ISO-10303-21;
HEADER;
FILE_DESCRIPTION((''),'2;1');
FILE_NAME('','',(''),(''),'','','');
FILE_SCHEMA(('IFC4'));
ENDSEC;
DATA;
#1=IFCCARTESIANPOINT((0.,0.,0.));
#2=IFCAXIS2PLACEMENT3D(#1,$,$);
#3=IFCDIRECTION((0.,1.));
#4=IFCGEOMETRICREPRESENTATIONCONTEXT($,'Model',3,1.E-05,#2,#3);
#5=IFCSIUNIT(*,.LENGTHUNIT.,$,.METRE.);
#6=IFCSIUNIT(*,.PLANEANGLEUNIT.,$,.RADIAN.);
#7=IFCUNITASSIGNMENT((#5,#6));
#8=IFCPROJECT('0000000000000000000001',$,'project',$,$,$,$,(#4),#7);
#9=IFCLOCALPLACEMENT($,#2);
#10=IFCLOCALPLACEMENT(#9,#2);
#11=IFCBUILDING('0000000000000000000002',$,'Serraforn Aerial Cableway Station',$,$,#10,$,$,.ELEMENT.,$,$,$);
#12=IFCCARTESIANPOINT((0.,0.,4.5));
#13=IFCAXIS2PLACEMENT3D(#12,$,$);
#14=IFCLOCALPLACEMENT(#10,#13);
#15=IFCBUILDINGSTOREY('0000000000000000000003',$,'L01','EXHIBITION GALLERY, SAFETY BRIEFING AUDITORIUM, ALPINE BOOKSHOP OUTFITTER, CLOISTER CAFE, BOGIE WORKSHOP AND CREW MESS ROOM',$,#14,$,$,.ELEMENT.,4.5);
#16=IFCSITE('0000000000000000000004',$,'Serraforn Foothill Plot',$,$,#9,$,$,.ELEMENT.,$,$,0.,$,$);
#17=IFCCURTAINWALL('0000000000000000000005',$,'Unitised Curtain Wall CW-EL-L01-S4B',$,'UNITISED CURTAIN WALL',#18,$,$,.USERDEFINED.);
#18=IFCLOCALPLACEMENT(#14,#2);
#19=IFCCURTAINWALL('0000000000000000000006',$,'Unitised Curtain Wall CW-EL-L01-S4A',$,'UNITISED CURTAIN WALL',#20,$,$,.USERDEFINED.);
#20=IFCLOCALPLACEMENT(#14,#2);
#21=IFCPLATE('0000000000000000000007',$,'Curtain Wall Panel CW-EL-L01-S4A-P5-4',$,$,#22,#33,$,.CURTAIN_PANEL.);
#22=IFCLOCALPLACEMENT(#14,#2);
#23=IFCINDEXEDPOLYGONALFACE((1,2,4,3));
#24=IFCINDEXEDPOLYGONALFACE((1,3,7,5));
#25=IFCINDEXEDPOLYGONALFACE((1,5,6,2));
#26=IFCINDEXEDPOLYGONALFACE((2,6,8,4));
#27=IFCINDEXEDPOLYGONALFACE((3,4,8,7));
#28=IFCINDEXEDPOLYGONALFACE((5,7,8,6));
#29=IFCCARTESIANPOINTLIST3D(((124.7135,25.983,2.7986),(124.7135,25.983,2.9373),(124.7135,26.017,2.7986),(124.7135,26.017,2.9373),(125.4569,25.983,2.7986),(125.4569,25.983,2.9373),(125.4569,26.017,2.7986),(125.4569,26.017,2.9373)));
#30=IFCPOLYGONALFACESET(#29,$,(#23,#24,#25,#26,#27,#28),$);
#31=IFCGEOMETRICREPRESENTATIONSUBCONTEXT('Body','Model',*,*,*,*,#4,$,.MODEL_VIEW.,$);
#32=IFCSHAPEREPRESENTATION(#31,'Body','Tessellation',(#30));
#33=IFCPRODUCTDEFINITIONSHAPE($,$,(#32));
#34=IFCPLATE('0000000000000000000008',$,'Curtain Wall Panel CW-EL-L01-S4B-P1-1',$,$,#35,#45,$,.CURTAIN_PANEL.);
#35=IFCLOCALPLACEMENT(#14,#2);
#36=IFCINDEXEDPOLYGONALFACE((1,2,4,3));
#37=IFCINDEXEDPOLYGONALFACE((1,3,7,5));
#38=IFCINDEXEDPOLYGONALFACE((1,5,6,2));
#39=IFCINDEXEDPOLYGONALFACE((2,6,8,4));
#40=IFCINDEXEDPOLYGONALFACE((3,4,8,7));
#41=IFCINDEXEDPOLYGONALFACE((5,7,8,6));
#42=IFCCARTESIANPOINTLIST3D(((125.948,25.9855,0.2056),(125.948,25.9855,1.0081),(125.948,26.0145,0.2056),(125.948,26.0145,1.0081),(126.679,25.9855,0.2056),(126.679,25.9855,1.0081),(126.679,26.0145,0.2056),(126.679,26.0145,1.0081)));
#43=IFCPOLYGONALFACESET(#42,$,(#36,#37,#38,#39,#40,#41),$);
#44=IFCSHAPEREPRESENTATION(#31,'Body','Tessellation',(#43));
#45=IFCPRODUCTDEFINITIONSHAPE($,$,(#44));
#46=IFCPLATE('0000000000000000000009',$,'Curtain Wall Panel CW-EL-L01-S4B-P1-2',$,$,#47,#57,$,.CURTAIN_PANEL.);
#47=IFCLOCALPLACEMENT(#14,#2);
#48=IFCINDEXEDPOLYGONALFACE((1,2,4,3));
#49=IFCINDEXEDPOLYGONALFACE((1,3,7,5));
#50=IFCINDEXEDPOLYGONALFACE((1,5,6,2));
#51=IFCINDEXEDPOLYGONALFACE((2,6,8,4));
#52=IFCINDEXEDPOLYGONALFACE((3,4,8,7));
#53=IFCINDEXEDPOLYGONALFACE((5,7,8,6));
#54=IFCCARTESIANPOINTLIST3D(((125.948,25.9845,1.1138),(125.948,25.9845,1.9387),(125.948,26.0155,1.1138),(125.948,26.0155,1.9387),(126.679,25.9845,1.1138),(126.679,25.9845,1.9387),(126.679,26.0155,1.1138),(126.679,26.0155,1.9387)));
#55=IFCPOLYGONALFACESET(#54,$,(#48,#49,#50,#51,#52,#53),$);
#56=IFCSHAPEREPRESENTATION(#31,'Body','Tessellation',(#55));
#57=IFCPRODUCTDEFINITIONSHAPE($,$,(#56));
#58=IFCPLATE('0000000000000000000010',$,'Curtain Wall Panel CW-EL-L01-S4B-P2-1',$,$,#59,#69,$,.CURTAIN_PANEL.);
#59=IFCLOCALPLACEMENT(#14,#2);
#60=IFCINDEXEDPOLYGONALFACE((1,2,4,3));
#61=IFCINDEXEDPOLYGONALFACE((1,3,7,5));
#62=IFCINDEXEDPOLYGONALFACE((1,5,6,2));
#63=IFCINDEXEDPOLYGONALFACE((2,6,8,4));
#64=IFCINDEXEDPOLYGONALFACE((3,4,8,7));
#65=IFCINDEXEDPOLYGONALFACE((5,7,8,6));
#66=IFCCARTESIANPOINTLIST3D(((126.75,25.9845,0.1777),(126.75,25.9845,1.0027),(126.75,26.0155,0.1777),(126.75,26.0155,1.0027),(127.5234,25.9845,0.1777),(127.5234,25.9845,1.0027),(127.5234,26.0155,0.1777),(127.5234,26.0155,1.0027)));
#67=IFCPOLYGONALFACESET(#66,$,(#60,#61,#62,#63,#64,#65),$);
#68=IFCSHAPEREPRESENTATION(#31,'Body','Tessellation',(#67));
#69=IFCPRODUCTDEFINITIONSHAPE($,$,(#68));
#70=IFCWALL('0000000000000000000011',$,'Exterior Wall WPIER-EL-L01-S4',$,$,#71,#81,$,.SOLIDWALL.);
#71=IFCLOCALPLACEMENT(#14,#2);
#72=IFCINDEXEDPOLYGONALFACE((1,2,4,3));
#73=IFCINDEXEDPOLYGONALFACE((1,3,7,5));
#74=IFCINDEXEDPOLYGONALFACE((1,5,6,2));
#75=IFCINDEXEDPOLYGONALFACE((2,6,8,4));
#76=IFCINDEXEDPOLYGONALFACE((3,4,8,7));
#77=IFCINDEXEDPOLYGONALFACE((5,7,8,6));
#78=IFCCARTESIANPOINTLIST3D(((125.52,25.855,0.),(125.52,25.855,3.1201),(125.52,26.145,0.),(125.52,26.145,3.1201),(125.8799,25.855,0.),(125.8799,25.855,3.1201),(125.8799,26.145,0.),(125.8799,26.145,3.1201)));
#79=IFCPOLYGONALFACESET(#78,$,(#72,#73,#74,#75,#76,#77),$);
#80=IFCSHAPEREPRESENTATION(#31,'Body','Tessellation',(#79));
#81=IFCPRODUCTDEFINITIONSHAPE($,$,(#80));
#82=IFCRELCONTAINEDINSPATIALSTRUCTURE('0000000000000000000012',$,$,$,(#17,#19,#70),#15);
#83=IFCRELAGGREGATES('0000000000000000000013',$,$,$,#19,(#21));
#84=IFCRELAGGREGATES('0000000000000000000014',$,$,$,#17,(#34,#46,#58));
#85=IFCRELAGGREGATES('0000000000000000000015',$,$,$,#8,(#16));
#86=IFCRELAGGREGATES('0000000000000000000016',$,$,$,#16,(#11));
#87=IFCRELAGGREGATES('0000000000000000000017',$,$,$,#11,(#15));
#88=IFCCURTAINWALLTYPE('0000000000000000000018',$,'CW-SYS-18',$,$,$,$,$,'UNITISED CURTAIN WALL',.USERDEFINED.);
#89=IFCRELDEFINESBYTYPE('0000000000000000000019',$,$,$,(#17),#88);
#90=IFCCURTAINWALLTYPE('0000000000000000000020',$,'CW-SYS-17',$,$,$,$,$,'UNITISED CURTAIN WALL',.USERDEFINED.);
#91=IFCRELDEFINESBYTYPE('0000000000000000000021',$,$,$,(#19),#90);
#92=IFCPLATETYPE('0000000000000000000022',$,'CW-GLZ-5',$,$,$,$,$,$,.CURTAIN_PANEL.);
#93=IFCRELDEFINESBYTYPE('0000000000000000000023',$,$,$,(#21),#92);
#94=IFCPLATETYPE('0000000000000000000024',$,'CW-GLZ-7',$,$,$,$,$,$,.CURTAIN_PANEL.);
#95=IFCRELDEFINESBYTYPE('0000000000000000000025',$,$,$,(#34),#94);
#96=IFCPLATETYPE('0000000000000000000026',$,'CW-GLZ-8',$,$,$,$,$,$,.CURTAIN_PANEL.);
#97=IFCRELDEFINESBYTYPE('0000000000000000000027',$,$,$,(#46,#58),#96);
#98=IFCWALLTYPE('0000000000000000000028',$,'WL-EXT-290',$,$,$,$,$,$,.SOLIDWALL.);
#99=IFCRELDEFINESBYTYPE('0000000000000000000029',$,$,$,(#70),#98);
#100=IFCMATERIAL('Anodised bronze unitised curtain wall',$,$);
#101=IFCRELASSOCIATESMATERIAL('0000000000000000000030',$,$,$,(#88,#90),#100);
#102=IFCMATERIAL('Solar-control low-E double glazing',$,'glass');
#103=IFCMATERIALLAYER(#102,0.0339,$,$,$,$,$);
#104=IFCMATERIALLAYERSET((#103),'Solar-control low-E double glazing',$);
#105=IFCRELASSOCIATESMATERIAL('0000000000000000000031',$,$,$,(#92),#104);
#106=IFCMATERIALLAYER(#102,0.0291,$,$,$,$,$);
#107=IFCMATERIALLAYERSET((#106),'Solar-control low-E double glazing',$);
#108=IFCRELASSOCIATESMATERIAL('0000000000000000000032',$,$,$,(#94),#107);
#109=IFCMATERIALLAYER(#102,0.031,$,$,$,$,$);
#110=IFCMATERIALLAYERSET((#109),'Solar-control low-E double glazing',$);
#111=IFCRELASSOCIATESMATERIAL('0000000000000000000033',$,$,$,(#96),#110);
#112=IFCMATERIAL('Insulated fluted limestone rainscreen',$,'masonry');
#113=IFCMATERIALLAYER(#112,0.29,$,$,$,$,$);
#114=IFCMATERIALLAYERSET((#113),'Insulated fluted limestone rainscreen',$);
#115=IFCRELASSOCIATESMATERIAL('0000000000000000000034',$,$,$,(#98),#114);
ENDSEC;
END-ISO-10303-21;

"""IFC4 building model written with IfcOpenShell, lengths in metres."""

from ifc_helpers import new_model, si_unit, direction, frame, frame_2d, origin, origin_2d, place, context, subcontext, project, spatial, rectangle, extrude, material, layer, layer_set, type_object, element, aggregate, save


model = new_model("IFC4")

# Units and contexts
model_context = context("Model", 3, precision=1e-05, world=origin(), true_north=direction((0.0, 1.0)))
body_context = subcontext(model_context, "Body", "Model", "MODEL_VIEW")
ifc_project = project(units=[si_unit("LENGTHUNIT", "METRE"), si_unit("PLANEANGLEUNIT", "RADIAN")], contexts=[model_context])

# Site, building, storey
site_placement = place(None, origin())
site = spatial("IfcSite", under=ifc_project, at=site_placement, Name="Serraforn Foothill Plot", CompositionType="ELEMENT", RefElevation=0.0)
building_placement = place(site_placement, origin())
building = spatial("IfcBuilding", under=site, at=building_placement, Name="Serraforn Aerial Cableway Station", CompositionType="ELEMENT")
storey_placement = place(building_placement, frame((0.0, 0.0, 4.5)))
storey = spatial("IfcBuildingStorey", under=building, at=storey_placement, Name="L01", Description="EXHIBITION GALLERY, SAFETY BRIEFING AUDITORIUM, ALPINE BOOKSHOP OUTFITTER, CLOISTER CAFE, BOGIE WORKSHOP AND CREW MESS ROOM", CompositionType="ELEMENT", Elevation=4.5)

# Curtain walls
ifc_material_1 = material(Name="Anodised bronze unitised curtain wall")
curtain_wall_type_1 = type_object("IfcCurtainWallType", Name="CW-SYS-18", ElementType="UNITISED CURTAIN WALL", PredefinedType="USERDEFINED", material=ifc_material_1)
curtain_wall_1_placement = place(storey_placement, origin())
curtain_wall_1 = element("IfcCurtainWall", 1, at=curtain_wall_1_placement, inside=storey, type_object=curtain_wall_type_1, Name="Unitised Curtain Wall CW-EL-L01-S4B", ObjectType="UNITISED CURTAIN WALL", PredefinedType="USERDEFINED")
curtain_wall_type_2 = type_object("IfcCurtainWallType", Name="CW-SYS-17", ElementType="UNITISED CURTAIN WALL", PredefinedType="USERDEFINED", material=ifc_material_1)
curtain_wall_2_placement = place(storey_placement, origin())
curtain_wall_2 = element("IfcCurtainWall", 2, at=curtain_wall_2_placement, inside=storey, type_object=curtain_wall_type_2, Name="Unitised Curtain Wall CW-EL-L01-S4A", ObjectType="UNITISED CURTAIN WALL", PredefinedType="USERDEFINED")

# Plates
ifc_material_2 = material(Name="Solar-control low-E double glazing", Category="glass")
ifc_layer_1 = layer(ifc_material_2, 0.0339)
ifc_layer_set_1 = layer_set([ifc_layer_1], Name="Solar-control low-E double glazing")
plate_type_1 = type_object("IfcPlateType", Name="CW-GLZ-5", PredefinedType="CURTAIN_PANEL", material=ifc_layer_set_1)
plate_1_placement = place(storey_placement, frame((125.0852, 26.0, 2.7986), z_axis=(0.0, 0.0, 1.0), x_axis=(1.0, 0.0, 0.0)))
plate_1 = element("IfcPlate", 3, at=plate_1_placement, type_object=plate_type_1, Name="Curtain Wall Panel CW-EL-L01-S4A-P5-4", PredefinedType="CURTAIN_PANEL", context=body_context, shape_type="SweptSolid", body=[
    extrude(rectangle(XDim=0.7434, YDim=0.0339, at=origin_2d()), origin(), (0.0, 0.0, 1.0), 0.1387),
])
aggregate(curtain_wall_2, [plate_1])
ifc_layer_2 = layer(ifc_material_2, 0.0291)
ifc_layer_set_2 = layer_set([ifc_layer_2], Name="Solar-control low-E double glazing")
plate_type_2 = type_object("IfcPlateType", Name="CW-GLZ-7", PredefinedType="CURTAIN_PANEL", material=ifc_layer_set_2)
plate_2_placement = place(storey_placement, frame((126.3135, 26.0, 0.2056), z_axis=(0.0, 0.0, 1.0), x_axis=(1.0, 0.0, 0.0)))
plate_2 = element("IfcPlate", 4, at=plate_2_placement, type_object=plate_type_2, Name="Curtain Wall Panel CW-EL-L01-S4B-P1-1", PredefinedType="CURTAIN_PANEL", context=body_context, shape_type="SweptSolid", body=[
    extrude(rectangle(XDim=0.731, YDim=0.0291, at=origin_2d()), origin(), (0.0, 0.0, 1.0), 0.8025),
])
ifc_layer_3 = layer(ifc_material_2, 0.031)
ifc_layer_set_3 = layer_set([ifc_layer_3], Name="Solar-control low-E double glazing")
plate_type_3 = type_object("IfcPlateType", Name="CW-GLZ-8", PredefinedType="CURTAIN_PANEL", material=ifc_layer_set_3)
plate_3_placement = place(storey_placement, frame((126.3135, 26.0, 1.1138), z_axis=(0.0, 0.0, 1.0), x_axis=(1.0, 0.0, 0.0)))
plate_3 = element("IfcPlate", 5, at=plate_3_placement, type_object=plate_type_3, Name="Curtain Wall Panel CW-EL-L01-S4B-P1-2", PredefinedType="CURTAIN_PANEL", context=body_context, shape_type="SweptSolid", body=[
    extrude(rectangle(XDim=0.731, YDim=0.031, at=origin_2d()), origin(), (0.0, 0.0, 1.0), 0.825),
])
plate_4_placement = place(storey_placement, frame((127.1367, 26.0, 0.1777), z_axis=(0.0, 0.0, 1.0), x_axis=(1.0, 0.0, 0.0)))
plate_4 = element("IfcPlate", 6, at=plate_4_placement, type_object=plate_type_3, Name="Curtain Wall Panel CW-EL-L01-S4B-P2-1", PredefinedType="CURTAIN_PANEL", context=body_context, shape_type="SweptSolid", body=[
    extrude(rectangle(XDim=0.7734, YDim=0.031, at=origin_2d()), origin(), (0.0, 0.0, 1.0), 0.825),
])
aggregate(curtain_wall_1, [plate_2, plate_3, plate_4])

# Wall
ifc_material_3 = material(Name="Insulated fluted limestone rainscreen", Category="masonry")
ifc_layer_4 = layer(ifc_material_3, 0.29)
ifc_layer_set_4 = layer_set([ifc_layer_4], Name="Insulated fluted limestone rainscreen")
wall_type = type_object("IfcWallType", Name="WL-EXT-290", PredefinedType="SOLIDWALL", material=ifc_layer_set_4)
wall_placement = place(storey_placement, frame((125.52, 26.0, 0.0), z_axis=(0.0, 0.0, 1.0), x_axis=(1.0, 0.0, 0.0)))
element("IfcWall", 7, at=wall_placement, inside=storey, type_object=wall_type, Name="Exterior Wall WPIER-EL-L01-S4", PredefinedType="SOLIDWALL", context=body_context, shape_type="SweptSolid", body=[
    extrude(rectangle(XDim=0.3599, YDim=0.29, at=frame_2d((0.1799, 0.0))), origin(), (0.0, 0.0, 1.0), 3.1201),
])

save(model, "model.ifc")
